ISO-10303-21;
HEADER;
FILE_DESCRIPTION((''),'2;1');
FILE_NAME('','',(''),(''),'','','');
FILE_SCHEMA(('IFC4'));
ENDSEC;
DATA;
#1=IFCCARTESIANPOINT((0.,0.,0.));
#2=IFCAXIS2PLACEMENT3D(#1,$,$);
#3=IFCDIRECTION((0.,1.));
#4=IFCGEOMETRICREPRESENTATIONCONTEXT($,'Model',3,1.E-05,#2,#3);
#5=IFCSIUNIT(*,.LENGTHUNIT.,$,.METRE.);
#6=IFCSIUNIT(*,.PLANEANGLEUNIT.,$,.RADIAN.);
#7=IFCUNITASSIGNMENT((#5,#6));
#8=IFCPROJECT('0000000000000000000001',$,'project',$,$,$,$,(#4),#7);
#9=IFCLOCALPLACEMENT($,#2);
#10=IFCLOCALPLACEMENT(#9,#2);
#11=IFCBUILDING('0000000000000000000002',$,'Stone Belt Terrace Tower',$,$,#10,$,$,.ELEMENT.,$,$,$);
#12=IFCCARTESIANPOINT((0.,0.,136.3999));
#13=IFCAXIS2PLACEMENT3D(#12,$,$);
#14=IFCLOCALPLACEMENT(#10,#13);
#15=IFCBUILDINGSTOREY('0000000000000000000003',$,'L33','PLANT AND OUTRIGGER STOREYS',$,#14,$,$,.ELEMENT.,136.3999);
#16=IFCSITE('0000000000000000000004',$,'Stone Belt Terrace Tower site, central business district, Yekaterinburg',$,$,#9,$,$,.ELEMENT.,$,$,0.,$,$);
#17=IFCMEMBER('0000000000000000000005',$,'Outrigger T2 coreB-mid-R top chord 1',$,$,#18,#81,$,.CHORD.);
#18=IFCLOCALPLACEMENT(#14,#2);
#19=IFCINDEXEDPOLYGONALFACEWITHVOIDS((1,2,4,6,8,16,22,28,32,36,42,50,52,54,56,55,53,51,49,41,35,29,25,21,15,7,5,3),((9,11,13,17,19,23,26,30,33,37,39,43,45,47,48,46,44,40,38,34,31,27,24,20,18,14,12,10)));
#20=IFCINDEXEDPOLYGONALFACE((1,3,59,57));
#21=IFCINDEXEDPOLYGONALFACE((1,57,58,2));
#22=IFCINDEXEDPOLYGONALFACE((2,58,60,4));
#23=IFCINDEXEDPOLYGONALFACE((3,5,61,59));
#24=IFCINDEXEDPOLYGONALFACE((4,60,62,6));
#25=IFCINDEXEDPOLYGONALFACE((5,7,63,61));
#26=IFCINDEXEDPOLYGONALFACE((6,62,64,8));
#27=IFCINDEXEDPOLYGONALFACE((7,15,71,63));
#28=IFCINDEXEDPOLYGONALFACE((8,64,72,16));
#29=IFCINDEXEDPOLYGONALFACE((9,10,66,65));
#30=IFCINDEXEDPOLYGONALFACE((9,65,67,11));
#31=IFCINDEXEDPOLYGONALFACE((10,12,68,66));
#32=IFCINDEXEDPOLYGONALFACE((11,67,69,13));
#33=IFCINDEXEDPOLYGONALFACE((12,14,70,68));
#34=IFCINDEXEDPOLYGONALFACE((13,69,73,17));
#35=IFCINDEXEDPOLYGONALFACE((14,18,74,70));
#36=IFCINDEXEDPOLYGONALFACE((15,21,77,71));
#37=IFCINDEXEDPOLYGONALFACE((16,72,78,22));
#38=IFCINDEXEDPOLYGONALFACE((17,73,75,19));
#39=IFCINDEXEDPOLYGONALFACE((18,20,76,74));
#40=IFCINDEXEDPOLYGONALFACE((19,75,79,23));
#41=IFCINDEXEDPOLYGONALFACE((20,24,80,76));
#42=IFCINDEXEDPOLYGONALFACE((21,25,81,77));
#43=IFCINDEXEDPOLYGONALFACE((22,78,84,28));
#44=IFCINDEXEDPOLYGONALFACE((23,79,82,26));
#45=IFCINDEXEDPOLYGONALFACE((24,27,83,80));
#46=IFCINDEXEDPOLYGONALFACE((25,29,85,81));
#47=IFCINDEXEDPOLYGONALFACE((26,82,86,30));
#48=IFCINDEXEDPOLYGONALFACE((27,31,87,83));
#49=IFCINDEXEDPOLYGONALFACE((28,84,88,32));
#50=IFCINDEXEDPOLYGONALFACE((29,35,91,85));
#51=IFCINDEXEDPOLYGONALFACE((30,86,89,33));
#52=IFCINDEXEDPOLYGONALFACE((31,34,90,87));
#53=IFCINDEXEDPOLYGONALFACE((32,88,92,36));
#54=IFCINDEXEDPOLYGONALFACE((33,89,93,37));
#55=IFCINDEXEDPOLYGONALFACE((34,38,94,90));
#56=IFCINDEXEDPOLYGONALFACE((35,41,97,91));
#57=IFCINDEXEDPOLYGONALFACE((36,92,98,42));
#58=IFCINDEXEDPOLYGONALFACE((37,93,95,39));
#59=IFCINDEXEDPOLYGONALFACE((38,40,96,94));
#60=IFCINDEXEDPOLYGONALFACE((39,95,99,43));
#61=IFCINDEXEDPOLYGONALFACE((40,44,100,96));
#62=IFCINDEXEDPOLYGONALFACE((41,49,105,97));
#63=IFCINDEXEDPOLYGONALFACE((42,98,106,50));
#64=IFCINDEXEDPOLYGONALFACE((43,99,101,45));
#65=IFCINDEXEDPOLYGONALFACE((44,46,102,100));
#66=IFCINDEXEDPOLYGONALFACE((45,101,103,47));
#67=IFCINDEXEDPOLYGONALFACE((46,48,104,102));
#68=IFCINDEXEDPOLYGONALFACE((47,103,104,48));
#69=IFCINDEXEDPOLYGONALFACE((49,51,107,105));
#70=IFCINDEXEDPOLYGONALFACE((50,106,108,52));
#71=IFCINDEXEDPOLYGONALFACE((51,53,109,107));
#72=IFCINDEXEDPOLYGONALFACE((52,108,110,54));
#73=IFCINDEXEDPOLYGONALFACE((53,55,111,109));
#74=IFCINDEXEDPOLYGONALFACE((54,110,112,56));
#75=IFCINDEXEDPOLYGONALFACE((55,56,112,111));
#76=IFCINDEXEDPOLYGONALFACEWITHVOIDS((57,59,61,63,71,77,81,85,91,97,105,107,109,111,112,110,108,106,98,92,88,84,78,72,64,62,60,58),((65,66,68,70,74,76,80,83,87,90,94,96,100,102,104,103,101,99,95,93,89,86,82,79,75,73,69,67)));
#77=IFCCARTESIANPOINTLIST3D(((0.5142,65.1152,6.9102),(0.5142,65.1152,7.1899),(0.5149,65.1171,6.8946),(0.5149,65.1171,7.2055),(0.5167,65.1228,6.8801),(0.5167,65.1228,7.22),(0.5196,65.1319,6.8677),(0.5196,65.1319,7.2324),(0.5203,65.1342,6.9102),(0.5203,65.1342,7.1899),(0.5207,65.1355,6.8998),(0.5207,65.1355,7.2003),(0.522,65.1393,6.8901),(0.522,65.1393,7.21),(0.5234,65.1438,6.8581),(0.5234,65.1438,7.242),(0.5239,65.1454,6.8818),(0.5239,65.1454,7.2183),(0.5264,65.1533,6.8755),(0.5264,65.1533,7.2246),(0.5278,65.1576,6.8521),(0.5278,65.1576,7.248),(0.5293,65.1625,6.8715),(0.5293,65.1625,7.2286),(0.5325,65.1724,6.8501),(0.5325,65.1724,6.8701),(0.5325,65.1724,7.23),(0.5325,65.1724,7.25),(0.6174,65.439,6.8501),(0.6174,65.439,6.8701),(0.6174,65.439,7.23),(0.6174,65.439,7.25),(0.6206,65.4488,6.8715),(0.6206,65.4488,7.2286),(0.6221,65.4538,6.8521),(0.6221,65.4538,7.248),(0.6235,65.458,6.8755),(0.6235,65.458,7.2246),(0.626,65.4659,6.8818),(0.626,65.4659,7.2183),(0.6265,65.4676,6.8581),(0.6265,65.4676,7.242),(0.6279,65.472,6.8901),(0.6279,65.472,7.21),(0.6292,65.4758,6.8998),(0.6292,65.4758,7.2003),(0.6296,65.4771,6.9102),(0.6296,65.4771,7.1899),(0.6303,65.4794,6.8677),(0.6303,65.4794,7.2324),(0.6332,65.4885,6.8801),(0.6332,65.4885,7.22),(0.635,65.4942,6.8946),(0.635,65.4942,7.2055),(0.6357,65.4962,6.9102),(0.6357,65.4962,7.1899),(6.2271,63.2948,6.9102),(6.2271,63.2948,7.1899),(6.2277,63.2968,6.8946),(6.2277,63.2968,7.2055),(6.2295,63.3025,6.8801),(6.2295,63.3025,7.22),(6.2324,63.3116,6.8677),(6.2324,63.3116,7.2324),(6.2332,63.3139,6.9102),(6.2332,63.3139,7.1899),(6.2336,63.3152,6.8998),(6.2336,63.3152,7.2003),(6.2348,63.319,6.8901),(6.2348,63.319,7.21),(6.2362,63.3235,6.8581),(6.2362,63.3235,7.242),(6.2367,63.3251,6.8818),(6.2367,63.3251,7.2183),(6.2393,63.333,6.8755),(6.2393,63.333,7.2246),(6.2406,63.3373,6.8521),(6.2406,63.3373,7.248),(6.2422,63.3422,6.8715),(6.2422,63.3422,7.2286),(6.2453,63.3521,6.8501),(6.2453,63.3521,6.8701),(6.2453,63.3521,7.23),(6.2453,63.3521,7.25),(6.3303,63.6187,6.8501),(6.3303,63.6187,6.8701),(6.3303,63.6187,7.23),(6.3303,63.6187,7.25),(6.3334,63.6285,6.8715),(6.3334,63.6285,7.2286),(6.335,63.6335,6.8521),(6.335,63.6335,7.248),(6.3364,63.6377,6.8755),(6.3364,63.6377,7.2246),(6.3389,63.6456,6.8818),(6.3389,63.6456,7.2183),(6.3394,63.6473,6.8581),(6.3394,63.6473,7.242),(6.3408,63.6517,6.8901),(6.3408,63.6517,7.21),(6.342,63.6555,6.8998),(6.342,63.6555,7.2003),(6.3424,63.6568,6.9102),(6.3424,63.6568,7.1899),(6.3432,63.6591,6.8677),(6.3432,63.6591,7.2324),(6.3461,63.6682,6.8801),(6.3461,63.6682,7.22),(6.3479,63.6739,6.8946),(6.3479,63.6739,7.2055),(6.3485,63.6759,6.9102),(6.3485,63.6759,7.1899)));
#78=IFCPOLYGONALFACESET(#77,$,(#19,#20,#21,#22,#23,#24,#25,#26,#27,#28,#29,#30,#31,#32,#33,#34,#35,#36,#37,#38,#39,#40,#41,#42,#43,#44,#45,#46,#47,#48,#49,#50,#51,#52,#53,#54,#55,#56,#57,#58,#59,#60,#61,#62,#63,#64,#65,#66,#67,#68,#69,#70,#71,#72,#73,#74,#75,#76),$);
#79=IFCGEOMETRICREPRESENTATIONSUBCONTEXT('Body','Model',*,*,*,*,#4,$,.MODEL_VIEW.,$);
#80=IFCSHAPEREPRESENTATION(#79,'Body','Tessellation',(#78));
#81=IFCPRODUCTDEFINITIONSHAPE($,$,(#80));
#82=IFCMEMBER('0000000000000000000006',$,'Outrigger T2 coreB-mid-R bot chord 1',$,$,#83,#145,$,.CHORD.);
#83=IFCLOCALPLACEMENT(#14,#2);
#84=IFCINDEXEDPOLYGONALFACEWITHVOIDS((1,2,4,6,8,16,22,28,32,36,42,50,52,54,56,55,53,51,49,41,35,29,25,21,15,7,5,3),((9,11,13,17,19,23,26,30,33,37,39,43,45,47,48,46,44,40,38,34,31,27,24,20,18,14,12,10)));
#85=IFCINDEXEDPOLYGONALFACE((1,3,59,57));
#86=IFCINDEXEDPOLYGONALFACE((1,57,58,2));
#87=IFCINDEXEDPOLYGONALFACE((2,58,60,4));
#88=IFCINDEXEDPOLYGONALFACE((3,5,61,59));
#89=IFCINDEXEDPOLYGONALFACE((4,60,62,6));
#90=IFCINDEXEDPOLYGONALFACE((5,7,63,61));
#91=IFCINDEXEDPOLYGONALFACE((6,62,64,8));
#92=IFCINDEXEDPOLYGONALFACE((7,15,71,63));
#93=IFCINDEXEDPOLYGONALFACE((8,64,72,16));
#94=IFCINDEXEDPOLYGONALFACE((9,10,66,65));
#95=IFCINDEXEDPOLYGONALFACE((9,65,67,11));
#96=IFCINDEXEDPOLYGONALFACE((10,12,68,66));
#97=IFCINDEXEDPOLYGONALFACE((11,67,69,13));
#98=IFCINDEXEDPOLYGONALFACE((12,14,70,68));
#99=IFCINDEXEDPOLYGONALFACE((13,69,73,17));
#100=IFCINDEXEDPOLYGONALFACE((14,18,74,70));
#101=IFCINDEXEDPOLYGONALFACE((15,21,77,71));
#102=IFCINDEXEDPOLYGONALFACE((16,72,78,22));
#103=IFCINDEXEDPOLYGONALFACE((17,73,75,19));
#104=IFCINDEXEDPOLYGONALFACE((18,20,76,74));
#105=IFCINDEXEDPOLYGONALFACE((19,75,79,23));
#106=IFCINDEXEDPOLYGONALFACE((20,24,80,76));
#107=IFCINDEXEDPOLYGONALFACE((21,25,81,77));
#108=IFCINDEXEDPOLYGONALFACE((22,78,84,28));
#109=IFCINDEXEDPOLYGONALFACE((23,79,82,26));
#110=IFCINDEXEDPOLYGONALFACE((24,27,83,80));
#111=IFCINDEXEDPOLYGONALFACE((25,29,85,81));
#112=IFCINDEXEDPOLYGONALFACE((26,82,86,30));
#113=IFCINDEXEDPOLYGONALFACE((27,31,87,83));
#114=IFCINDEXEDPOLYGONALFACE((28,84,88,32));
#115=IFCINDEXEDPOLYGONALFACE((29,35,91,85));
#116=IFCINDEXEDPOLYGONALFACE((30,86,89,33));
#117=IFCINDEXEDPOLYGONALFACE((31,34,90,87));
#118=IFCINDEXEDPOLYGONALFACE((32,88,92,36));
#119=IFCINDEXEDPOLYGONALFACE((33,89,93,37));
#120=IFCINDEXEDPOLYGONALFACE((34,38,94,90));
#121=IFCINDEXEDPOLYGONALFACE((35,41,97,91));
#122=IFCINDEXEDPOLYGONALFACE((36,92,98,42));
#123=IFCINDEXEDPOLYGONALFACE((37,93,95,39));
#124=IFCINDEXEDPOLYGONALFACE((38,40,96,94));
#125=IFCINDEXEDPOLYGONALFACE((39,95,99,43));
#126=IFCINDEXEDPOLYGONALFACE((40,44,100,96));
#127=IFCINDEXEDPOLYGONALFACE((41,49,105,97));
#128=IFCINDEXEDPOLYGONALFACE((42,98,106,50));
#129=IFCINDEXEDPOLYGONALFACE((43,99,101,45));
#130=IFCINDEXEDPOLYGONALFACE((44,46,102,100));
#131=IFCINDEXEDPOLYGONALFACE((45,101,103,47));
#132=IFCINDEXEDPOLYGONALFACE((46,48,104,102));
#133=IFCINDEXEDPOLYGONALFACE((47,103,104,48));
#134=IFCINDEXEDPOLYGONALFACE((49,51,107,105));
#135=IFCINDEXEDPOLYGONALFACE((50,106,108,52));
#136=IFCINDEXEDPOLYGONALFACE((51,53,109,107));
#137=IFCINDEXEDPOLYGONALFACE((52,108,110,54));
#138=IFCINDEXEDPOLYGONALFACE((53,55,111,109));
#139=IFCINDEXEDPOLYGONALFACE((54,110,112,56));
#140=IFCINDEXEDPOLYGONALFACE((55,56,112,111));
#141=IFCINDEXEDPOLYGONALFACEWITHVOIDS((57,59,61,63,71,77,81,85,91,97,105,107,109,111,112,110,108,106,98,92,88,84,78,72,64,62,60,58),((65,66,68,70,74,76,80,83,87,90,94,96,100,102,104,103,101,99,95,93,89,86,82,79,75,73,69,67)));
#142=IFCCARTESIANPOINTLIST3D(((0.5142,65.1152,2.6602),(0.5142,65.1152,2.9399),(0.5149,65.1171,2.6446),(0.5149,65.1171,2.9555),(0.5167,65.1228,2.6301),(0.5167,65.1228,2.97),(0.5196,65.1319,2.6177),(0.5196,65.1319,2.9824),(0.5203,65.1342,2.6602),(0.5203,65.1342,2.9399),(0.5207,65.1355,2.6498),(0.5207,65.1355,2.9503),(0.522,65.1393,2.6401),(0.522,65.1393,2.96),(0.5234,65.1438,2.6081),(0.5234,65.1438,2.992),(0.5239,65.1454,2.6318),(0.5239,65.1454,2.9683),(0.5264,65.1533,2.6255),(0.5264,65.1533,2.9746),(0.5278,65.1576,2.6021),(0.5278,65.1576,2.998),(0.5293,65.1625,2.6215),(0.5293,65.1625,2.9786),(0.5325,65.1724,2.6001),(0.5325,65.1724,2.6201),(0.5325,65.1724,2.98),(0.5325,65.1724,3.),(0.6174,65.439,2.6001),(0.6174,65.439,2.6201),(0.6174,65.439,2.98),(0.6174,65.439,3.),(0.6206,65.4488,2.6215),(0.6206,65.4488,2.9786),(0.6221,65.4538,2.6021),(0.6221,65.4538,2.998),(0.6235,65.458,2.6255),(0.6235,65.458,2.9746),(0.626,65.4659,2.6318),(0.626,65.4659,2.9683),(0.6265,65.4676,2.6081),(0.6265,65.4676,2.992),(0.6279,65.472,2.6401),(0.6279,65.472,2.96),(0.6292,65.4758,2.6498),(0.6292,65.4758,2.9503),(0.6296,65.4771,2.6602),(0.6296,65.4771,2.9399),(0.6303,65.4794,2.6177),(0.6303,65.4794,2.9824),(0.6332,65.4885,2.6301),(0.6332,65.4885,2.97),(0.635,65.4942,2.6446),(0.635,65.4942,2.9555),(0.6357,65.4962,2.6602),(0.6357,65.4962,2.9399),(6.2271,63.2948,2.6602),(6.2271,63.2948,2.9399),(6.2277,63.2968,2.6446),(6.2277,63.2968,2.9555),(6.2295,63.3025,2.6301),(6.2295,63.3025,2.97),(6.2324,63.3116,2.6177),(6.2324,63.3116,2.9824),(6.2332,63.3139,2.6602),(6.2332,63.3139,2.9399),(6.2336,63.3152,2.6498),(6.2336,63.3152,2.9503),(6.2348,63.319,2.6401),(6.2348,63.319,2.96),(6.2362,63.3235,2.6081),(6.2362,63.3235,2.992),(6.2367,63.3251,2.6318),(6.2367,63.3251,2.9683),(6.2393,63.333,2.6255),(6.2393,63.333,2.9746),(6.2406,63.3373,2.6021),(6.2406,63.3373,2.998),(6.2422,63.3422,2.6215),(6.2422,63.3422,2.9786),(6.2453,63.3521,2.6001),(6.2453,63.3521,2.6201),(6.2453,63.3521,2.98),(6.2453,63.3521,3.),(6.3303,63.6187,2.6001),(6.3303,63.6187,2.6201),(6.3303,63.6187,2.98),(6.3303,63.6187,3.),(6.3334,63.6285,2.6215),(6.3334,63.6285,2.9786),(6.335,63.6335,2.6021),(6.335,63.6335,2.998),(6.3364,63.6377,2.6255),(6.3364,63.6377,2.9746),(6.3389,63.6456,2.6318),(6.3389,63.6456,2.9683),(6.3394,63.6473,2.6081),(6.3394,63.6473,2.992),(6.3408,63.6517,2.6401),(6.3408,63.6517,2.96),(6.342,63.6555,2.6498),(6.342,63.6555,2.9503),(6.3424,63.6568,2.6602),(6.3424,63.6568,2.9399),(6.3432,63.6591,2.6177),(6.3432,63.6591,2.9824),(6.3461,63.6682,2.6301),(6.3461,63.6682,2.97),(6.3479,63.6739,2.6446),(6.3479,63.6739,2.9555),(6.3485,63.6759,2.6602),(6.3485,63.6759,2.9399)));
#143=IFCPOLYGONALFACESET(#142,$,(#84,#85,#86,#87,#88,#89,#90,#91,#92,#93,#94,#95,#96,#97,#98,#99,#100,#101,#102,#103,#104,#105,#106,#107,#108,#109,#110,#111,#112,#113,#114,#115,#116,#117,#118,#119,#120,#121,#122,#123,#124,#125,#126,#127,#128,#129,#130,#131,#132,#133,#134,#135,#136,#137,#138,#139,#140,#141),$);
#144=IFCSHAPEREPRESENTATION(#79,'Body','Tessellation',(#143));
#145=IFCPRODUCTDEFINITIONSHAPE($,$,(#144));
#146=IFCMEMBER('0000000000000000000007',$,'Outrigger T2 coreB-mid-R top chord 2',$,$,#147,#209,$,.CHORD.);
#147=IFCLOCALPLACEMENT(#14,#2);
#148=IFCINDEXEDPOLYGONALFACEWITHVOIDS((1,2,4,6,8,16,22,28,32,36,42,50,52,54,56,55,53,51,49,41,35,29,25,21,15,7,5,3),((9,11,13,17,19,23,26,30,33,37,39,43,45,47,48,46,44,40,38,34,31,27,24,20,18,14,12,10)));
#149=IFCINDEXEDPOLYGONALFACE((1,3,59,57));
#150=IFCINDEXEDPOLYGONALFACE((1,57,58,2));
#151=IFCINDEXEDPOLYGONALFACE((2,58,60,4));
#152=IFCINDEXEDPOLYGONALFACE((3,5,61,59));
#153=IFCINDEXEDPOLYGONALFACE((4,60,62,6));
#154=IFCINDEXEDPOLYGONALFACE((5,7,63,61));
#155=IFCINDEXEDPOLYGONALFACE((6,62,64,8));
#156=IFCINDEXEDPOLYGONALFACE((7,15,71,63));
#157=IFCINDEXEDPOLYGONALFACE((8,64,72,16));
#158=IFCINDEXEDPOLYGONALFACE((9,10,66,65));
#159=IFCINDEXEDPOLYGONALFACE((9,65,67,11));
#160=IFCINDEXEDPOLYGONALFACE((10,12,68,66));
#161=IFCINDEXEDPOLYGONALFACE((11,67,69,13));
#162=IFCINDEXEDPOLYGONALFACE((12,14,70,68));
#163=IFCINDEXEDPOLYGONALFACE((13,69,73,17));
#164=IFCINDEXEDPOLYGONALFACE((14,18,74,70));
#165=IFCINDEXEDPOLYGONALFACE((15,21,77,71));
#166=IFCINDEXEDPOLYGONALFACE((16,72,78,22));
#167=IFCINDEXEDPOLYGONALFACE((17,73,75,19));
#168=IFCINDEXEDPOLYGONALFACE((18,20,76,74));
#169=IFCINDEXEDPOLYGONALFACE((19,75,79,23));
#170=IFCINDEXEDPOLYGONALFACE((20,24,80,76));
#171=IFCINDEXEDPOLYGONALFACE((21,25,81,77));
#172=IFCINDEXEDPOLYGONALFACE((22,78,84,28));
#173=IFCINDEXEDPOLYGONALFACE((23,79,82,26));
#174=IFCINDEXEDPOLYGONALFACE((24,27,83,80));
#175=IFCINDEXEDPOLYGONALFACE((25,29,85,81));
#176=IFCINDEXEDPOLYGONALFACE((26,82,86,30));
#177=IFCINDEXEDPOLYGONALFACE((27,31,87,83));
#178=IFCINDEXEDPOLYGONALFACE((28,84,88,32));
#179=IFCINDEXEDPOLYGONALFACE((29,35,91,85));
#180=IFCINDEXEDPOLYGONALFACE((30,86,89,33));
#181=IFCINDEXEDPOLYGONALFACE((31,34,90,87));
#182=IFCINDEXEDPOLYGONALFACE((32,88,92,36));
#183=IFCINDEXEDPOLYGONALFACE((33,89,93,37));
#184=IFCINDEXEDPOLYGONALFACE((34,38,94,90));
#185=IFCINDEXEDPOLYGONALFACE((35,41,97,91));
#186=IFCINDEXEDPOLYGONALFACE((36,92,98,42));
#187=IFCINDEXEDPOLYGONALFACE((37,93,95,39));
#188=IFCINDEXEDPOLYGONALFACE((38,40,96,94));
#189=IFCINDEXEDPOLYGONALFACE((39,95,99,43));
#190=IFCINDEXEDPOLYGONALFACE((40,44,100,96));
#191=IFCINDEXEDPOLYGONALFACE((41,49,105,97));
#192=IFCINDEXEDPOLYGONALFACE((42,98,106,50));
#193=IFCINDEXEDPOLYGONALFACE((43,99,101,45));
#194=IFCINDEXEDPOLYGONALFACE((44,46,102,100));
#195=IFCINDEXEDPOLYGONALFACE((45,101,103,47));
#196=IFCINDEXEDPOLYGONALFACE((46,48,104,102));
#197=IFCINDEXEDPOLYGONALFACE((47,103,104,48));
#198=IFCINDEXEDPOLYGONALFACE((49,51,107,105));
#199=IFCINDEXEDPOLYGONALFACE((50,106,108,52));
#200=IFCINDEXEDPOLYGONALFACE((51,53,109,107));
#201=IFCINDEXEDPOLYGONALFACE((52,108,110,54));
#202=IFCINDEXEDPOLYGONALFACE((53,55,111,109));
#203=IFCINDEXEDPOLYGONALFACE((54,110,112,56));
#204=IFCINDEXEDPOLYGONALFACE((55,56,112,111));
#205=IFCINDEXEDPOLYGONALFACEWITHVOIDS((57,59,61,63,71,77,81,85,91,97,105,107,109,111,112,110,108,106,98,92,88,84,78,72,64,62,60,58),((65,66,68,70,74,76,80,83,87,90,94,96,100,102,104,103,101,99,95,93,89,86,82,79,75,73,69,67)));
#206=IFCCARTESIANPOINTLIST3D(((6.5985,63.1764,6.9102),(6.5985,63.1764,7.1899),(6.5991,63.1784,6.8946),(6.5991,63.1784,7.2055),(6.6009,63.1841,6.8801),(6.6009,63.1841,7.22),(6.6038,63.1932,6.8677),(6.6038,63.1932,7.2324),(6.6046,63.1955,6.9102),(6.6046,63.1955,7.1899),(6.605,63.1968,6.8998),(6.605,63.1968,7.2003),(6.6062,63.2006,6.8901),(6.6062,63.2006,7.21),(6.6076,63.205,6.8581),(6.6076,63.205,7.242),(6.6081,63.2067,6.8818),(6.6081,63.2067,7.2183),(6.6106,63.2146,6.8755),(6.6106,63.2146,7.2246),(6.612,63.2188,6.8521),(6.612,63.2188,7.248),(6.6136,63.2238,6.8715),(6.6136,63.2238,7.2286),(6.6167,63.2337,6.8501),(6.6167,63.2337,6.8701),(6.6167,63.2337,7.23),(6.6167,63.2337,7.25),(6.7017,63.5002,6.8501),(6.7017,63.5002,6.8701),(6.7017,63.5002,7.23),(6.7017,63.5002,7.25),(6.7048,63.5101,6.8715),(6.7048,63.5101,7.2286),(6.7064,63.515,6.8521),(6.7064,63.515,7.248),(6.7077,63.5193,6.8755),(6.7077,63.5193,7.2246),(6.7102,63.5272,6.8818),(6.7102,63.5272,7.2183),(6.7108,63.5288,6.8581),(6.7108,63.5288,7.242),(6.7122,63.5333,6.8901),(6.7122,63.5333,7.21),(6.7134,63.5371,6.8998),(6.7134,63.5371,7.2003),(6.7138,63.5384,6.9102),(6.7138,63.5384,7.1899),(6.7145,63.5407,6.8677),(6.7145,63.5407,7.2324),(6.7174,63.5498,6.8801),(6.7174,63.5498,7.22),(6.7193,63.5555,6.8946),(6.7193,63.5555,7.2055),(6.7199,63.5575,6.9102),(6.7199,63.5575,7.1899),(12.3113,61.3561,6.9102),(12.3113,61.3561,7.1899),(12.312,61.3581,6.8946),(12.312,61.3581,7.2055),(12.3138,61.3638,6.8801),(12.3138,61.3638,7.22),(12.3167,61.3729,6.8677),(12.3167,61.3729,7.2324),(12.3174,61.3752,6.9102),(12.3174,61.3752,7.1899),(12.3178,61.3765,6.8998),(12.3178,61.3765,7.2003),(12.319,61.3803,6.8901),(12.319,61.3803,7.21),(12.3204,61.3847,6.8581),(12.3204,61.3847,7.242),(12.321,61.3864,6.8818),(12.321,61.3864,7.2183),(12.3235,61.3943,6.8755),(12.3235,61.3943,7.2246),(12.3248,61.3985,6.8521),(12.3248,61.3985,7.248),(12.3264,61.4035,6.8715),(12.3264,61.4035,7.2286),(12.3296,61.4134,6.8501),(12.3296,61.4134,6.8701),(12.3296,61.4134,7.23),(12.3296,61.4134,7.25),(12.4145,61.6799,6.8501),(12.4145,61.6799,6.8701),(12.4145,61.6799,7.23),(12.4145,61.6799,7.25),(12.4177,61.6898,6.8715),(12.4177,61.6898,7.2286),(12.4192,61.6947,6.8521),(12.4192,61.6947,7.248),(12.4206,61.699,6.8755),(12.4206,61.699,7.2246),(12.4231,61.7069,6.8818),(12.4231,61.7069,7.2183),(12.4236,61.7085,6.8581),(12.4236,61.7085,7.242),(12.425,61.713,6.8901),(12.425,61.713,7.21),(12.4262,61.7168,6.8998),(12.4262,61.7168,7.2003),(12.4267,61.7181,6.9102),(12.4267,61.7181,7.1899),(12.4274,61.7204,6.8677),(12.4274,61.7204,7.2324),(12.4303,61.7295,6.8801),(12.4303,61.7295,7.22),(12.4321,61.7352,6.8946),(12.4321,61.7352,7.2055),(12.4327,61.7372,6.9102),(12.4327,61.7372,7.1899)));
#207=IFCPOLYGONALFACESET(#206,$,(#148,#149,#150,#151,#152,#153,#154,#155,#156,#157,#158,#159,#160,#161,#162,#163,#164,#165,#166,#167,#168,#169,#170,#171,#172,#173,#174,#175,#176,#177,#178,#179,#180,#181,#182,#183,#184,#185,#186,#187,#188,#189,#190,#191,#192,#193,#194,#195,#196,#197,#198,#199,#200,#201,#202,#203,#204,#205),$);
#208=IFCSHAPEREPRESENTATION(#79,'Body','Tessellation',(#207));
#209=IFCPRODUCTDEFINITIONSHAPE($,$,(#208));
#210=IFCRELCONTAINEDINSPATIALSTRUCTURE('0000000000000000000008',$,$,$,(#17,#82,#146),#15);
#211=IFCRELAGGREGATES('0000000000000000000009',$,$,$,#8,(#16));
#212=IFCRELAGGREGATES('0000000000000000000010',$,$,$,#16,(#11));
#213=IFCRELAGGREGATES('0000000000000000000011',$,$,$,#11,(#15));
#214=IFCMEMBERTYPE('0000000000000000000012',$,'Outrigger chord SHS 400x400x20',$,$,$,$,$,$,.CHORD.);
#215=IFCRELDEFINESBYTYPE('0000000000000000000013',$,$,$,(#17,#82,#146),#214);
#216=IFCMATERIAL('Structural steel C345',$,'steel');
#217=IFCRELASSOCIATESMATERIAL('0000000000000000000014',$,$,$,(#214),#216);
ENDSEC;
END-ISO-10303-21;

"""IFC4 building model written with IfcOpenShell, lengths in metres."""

from ifc_helpers import new_model, si_unit, direction, frame, origin, origin_2d, place, context, subcontext, project, spatial, hollow_rectangle, extrude, material, material_profile, profile_set, type_object, element, save


model = new_model("IFC4")

# Units and contexts
model_context = context("Model", 3, precision=1e-05, world=origin(), true_north=direction((0.0, 1.0)))
body_context = subcontext(model_context, "Body", "Model", "MODEL_VIEW")
ifc_project = project(units=[si_unit("LENGTHUNIT", "METRE"), si_unit("PLANEANGLEUNIT", "RADIAN")], contexts=[model_context])

# Site, building, storey
site_placement = place(None, origin())
site = spatial("IfcSite", under=ifc_project, at=site_placement, Name="Stone Belt Terrace Tower site, central business district, Yekaterinburg", CompositionType="ELEMENT", RefElevation=0.0)
building_placement = place(site_placement, origin())
building = spatial("IfcBuilding", under=site, at=building_placement, Name="Stone Belt Terrace Tower", CompositionType="ELEMENT")
storey_placement = place(building_placement, frame((0.0, 0.0, 136.3999)))
storey = spatial("IfcBuildingStorey", under=building, at=storey_placement, Name="L33", Description="PLANT AND OUTRIGGER STOREYS", CompositionType="ELEMENT", Elevation=136.3999)

# Shared definitions
ifc_material_1 = material(Name="Structural steel C345", Category="steel")

# Members
ifc_material_profile_1 = material_profile(ifc_material_1, hollow_rectangle(XDim=0.3999, YDim=0.3999, WallThickness=0.02, InnerFilletRadius=0.04, OuterFilletRadius=0.0601, at=origin_2d()), Name="SHS 400x400x20")
ifc_profile_set_1 = profile_set([ifc_material_profile_1], Name="Structural steel C345")
member_type_1 = type_object("IfcMemberType", Name="Outrigger chord SHS 400x400x20", PredefinedType="CHORD", material=ifc_profile_set_1)
for number, where, z_axis, x_axis, name in (
    (1, (0.575, 65.3057, 7.05), (0.952802, -0.303594, 0.0), (0.303594, 0.952802, 0.0), "Outrigger T2 coreB-mid-R top chord 1"),
    (2, (0.575, 65.3057, 2.8), (0.952802, -0.303594, 0.0), (0.303594, 0.952802, 0.0), "Outrigger T2 coreB-mid-R bot chord 1"),
    (3, (6.6592, 63.3669, 7.05), (0.952802, -0.303594, 0.0), (0.303594, 0.952802, 0.0), "Outrigger T2 coreB-mid-R top chord 2"),
):
    element("IfcMember", number, at=place(storey_placement, frame(where, z_axis=z_axis, x_axis=x_axis)), inside=storey, type_object=member_type_1, Name=name, PredefinedType="CHORD", context=body_context, shape_type="SweptSolid", body=[
        extrude(hollow_rectangle(XDim=0.3999, YDim=0.3999, WallThickness=0.02, InnerFilletRadius=0.04, OuterFilletRadius=0.0601, at=origin_2d()), origin(), (0.0, 0.0, 1.0), 5.9958),
    ])

save(model, "model.ifc")
